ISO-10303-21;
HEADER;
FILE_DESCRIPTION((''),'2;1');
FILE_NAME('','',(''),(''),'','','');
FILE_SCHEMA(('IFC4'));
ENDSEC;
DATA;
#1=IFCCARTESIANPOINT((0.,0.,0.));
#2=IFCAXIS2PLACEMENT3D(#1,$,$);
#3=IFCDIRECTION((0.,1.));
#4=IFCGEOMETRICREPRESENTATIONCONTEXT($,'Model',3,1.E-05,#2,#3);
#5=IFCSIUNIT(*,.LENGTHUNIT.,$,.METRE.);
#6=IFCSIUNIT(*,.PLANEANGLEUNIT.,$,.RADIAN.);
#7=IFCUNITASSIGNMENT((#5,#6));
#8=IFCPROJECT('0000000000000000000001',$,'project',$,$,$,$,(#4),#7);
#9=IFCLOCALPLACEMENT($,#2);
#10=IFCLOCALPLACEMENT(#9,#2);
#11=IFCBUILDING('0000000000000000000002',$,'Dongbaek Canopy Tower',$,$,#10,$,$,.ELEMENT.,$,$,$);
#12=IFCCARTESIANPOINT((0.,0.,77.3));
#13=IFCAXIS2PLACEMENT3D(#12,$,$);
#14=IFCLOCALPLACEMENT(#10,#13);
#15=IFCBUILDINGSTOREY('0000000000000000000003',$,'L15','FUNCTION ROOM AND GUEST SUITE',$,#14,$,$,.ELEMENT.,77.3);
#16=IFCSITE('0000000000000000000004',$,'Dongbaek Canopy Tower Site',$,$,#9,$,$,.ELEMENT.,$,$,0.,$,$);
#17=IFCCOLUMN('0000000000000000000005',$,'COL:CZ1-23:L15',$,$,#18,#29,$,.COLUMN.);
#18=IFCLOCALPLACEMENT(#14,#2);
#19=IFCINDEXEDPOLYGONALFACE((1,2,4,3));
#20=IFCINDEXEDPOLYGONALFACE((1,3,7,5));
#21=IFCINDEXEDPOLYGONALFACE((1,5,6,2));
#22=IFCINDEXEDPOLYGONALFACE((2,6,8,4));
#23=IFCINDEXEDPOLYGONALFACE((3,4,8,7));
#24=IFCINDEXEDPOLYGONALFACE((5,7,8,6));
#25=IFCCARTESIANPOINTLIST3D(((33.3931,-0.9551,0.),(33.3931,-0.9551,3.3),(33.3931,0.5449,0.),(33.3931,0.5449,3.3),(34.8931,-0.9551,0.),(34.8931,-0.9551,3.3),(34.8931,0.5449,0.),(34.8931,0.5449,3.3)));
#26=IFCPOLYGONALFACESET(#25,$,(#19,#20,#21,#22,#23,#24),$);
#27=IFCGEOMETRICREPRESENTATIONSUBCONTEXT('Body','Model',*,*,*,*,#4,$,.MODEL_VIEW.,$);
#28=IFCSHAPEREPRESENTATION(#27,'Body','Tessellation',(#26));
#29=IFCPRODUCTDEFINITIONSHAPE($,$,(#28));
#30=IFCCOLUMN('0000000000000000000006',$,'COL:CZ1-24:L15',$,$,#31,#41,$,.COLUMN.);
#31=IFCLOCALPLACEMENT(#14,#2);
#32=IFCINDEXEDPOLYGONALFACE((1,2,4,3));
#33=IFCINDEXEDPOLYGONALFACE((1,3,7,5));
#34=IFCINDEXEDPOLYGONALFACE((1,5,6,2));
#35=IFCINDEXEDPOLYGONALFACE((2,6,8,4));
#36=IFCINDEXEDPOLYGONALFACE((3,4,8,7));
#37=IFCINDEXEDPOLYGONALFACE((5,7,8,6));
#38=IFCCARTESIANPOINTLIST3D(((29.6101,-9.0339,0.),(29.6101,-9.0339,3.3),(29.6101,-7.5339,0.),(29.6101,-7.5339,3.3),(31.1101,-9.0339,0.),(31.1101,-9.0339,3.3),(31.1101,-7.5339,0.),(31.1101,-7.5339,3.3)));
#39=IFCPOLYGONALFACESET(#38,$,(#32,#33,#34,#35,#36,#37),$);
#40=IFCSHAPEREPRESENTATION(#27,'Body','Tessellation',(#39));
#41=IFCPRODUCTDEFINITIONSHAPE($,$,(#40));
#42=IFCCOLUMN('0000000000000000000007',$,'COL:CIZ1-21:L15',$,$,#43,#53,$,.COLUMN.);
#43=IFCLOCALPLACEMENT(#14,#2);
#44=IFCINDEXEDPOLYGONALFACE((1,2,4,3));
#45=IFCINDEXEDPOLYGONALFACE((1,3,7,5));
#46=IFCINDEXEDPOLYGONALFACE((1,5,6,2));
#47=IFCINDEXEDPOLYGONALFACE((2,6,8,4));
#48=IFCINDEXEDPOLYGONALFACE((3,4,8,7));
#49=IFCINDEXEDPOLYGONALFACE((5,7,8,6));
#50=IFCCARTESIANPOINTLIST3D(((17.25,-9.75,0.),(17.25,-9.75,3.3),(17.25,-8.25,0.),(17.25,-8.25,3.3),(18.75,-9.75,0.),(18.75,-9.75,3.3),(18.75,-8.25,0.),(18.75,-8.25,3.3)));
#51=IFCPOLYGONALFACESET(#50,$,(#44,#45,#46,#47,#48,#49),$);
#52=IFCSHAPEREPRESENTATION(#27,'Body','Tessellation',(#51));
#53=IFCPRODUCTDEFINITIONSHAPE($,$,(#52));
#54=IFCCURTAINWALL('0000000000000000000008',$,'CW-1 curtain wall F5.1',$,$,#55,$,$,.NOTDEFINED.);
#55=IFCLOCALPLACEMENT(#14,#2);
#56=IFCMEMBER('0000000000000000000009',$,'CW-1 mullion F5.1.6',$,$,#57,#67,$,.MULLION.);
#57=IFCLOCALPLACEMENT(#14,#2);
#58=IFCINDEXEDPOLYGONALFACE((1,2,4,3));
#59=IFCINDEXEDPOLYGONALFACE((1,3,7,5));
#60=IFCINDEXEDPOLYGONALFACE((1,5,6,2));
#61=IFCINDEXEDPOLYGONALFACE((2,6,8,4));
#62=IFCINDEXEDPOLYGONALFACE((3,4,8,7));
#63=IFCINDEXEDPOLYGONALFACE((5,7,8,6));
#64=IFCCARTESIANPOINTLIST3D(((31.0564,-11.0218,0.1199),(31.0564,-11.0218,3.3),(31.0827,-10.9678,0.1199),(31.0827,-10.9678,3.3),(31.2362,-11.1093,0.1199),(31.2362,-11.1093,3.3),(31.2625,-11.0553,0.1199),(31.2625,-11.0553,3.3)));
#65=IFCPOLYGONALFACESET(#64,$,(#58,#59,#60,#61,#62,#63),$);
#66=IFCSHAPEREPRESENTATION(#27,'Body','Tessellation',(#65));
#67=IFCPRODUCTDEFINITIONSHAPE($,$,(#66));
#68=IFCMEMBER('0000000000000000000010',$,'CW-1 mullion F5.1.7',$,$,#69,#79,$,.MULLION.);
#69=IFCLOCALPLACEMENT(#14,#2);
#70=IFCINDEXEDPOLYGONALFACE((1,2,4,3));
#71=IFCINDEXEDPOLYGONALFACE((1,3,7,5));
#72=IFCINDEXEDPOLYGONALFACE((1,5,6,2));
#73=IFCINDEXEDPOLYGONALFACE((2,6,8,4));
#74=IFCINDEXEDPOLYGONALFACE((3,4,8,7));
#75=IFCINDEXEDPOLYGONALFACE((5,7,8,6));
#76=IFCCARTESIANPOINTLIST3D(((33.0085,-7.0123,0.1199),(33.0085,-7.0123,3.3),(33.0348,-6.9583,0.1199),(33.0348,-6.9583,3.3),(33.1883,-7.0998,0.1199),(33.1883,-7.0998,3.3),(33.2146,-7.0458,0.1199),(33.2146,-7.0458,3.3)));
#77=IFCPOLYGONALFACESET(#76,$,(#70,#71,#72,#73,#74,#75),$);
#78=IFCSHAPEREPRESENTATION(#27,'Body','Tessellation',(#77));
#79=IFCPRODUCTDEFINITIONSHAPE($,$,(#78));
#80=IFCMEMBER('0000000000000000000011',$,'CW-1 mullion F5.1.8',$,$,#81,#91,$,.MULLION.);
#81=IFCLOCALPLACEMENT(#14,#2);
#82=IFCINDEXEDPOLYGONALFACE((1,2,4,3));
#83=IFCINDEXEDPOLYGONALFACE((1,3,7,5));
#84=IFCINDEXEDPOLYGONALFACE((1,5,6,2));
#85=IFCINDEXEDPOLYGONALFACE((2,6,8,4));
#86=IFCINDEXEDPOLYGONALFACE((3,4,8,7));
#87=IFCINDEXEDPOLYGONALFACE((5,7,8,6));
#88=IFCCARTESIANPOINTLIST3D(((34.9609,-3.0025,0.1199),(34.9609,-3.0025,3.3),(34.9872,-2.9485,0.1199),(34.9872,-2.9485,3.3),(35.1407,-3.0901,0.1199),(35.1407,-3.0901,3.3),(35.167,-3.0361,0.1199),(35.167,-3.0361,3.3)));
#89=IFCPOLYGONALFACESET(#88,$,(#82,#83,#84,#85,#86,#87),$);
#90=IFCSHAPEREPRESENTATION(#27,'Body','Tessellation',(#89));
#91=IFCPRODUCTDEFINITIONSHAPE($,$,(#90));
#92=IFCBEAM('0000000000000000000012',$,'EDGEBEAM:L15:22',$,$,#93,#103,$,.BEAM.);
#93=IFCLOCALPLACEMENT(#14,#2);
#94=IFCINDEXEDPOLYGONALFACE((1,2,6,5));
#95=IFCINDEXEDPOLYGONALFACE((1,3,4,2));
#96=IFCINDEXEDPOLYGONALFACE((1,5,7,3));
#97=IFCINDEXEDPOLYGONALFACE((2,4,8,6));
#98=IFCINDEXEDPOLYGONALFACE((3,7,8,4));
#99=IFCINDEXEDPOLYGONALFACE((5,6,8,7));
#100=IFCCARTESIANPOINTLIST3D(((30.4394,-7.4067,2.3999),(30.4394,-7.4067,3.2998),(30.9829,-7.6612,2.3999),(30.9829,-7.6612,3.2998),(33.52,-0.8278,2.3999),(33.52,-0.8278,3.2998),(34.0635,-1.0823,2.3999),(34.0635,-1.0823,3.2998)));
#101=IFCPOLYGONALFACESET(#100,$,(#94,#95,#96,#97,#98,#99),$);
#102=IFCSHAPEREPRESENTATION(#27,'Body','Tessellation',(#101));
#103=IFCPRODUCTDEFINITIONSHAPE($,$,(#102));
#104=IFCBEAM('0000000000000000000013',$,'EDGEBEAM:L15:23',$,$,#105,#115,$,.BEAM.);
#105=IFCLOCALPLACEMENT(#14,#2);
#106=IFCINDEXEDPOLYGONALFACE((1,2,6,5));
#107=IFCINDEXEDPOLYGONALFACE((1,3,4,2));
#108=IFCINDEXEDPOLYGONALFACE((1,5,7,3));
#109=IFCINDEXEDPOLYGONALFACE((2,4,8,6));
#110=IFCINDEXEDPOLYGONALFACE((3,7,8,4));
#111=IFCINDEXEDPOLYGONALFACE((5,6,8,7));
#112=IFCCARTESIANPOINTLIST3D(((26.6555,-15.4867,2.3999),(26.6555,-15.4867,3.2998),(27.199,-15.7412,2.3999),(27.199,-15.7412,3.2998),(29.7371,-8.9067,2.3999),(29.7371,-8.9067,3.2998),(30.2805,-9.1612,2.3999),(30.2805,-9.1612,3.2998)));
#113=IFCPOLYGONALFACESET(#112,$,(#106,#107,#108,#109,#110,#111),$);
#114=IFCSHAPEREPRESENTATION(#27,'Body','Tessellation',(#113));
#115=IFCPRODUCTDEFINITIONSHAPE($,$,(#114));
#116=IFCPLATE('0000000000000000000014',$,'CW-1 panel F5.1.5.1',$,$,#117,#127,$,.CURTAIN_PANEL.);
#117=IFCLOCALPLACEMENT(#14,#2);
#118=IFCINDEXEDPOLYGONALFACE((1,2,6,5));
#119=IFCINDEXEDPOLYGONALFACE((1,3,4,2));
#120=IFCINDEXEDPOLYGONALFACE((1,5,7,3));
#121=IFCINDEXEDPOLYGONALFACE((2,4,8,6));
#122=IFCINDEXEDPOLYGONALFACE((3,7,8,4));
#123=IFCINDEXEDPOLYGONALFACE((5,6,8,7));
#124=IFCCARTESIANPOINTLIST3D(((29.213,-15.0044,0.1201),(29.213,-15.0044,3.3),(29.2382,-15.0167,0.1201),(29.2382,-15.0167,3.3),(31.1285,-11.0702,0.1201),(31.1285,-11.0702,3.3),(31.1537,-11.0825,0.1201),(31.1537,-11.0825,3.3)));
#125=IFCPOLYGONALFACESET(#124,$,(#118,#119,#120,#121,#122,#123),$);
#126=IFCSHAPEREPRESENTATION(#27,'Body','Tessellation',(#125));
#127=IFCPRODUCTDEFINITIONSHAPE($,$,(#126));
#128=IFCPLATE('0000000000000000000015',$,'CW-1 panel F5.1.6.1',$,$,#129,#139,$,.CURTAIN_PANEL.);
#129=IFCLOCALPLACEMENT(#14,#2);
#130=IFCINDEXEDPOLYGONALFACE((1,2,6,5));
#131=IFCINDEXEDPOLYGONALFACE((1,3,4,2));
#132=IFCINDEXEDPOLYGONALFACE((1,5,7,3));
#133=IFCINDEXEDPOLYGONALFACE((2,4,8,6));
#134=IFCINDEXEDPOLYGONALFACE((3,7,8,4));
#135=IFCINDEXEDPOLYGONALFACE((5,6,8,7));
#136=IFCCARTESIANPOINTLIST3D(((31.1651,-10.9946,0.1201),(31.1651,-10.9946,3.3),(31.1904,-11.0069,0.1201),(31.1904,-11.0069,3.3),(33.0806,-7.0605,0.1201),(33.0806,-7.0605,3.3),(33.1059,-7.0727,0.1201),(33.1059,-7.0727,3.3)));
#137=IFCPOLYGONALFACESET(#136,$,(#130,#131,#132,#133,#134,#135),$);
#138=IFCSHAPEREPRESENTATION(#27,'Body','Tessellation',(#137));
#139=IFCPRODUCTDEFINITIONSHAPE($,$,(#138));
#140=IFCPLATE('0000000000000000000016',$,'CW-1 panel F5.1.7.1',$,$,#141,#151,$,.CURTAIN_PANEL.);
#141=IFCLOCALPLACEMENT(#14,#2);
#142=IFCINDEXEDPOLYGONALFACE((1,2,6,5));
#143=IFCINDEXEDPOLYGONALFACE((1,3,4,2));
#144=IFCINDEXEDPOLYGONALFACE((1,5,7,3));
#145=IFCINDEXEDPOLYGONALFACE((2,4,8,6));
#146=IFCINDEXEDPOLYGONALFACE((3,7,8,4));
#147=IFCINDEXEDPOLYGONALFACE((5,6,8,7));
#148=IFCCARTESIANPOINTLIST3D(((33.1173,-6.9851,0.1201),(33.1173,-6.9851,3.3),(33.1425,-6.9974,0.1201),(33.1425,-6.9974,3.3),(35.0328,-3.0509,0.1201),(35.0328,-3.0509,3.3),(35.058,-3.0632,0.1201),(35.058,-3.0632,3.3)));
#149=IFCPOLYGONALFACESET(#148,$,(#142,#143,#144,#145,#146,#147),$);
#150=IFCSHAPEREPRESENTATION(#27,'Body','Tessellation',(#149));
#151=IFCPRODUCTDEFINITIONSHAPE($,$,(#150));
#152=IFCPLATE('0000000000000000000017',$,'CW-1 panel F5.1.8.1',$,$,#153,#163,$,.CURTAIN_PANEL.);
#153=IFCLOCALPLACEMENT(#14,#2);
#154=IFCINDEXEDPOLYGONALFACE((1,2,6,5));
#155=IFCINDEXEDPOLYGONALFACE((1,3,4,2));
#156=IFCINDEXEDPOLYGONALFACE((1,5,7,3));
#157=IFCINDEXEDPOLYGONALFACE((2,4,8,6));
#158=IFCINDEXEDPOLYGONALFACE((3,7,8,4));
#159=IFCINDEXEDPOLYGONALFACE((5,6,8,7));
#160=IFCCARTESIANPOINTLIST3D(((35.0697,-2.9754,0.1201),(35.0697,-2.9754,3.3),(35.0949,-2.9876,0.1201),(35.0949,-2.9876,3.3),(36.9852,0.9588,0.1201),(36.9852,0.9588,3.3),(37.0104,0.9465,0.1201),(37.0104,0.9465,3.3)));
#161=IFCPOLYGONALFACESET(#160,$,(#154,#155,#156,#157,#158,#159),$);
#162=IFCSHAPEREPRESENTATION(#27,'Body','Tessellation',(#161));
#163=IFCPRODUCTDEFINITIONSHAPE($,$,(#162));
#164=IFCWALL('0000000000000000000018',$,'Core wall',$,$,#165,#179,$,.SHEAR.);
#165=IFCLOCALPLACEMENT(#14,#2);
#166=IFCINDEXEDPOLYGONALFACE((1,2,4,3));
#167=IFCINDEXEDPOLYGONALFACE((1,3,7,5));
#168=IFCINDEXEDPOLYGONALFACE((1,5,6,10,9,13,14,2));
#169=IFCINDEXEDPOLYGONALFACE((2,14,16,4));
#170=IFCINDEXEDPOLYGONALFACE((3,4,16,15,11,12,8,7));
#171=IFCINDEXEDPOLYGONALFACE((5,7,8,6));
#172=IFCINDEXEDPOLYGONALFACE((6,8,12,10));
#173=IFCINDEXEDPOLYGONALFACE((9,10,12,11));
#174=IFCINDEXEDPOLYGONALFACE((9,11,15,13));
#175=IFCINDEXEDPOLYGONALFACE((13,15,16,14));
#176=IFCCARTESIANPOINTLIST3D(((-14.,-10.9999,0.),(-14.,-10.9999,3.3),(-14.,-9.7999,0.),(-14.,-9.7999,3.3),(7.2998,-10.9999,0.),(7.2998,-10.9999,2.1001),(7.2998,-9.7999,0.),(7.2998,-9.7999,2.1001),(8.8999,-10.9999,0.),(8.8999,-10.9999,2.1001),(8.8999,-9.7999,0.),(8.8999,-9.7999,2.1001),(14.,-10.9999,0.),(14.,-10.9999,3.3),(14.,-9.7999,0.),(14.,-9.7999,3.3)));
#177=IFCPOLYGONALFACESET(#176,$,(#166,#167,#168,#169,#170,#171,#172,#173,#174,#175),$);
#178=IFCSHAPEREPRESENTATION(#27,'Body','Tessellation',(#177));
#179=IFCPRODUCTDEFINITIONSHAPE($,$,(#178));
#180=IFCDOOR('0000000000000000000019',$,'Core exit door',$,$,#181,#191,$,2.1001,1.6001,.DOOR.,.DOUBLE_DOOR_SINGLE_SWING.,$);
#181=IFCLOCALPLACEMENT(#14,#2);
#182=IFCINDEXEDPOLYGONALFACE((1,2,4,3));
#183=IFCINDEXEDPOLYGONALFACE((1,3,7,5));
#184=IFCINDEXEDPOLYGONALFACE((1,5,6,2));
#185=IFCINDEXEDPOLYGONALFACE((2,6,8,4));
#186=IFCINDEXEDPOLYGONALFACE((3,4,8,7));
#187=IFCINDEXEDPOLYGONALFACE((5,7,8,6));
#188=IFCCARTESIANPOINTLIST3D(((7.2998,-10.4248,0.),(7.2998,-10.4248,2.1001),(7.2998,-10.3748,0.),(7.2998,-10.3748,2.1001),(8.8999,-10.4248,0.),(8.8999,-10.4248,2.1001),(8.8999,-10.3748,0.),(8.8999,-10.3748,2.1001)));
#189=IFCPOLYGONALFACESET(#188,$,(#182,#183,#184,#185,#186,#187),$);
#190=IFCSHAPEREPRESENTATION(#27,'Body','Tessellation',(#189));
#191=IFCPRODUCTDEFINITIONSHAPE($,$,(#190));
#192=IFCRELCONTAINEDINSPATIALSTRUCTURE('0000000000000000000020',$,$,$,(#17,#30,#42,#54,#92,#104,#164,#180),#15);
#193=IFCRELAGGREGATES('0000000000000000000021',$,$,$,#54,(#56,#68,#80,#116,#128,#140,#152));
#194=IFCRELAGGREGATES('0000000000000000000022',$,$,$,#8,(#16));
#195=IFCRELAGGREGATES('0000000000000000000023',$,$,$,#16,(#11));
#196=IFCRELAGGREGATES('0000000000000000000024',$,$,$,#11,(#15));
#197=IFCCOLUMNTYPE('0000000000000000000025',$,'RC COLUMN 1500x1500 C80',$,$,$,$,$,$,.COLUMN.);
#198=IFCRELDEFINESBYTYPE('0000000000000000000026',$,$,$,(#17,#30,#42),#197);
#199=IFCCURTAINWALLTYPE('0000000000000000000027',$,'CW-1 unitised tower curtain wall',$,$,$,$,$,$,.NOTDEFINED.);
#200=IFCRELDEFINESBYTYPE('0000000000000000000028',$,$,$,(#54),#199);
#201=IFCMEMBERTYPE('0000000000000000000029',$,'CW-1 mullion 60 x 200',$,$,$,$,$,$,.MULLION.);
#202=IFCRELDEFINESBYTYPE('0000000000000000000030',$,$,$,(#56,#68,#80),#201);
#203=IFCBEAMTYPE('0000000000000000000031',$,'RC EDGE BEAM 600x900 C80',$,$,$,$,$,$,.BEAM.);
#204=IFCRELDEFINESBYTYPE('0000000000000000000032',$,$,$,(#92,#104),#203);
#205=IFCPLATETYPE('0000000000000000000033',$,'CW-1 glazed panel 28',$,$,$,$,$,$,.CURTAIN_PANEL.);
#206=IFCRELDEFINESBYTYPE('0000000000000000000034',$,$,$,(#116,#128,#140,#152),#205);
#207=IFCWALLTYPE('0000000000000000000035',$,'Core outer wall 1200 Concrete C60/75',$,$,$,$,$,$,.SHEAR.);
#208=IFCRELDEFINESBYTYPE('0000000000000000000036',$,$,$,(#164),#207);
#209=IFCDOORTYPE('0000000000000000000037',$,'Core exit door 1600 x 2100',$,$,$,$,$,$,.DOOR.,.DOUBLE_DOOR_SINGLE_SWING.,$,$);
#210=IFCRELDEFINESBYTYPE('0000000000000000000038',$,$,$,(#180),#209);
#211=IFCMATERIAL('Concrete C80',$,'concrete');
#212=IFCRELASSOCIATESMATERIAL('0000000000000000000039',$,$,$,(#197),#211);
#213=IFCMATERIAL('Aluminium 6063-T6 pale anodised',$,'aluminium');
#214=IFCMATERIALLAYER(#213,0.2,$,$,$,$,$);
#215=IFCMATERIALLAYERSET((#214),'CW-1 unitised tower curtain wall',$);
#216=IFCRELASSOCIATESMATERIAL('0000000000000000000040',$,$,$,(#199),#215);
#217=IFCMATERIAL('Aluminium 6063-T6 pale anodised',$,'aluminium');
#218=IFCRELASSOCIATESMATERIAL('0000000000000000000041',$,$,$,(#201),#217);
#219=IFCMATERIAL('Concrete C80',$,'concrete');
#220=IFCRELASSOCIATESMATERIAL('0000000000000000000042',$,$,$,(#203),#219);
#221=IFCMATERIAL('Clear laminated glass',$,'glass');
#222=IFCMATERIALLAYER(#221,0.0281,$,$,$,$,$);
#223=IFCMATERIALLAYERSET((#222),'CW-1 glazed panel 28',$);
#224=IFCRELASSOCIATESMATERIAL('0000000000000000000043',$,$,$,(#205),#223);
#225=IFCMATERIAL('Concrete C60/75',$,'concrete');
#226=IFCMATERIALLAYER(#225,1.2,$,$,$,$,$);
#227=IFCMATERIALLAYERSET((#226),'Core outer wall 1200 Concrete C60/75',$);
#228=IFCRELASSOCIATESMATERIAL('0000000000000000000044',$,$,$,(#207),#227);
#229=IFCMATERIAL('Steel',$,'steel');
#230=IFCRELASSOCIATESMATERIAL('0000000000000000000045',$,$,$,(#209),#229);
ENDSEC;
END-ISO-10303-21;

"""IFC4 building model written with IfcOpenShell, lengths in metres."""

from ifc_helpers import new_model, si_unit, direction, frame, frame_2d, origin, origin_2d, place, context, subcontext, project, spatial, rectangle, extrude, material, layer, layer_set, material_profile, profile_set, type_object, element, fill, aggregate, save


model = new_model("IFC4")

# Units and contexts
model_context = context("Model", 3, precision=1e-05, world=origin(), true_north=direction((0.0, 1.0)))
body_context = subcontext(model_context, "Body", "Model", "MODEL_VIEW")
ifc_project = project(units=[si_unit("LENGTHUNIT", "METRE"), si_unit("PLANEANGLEUNIT", "RADIAN")], contexts=[model_context])

# Site, building, storey
site_placement = place(None, origin())
site = spatial("IfcSite", under=ifc_project, at=site_placement, Name="Dongbaek Canopy Tower Site", CompositionType="ELEMENT", RefElevation=0.0)
building_placement = place(site_placement, origin())
building = spatial("IfcBuilding", under=site, at=building_placement, Name="Dongbaek Canopy Tower", CompositionType="ELEMENT")
storey_placement = place(building_placement, frame((0.0, 0.0, 77.3)))
storey = spatial("IfcBuildingStorey", under=building, at=storey_placement, Name="L15", Description="FUNCTION ROOM AND GUEST SUITE", CompositionType="ELEMENT", Elevation=77.3)

# Columns
ifc_material_1 = material(Name="Concrete C80", Category="concrete")
ifc_material_profile_1 = material_profile(ifc_material_1, rectangle(XDim=1.5, YDim=1.5, at=origin_2d()), Name="RC COLUMN 1500x1500 C80")
ifc_profile_set_1 = profile_set([ifc_material_profile_1], Name="Concrete C80")
column_type = type_object("IfcColumnType", Name="RC COLUMN 1500x1500 C80", PredefinedType="COLUMN", material=ifc_profile_set_1)
for number, where, z_axis, x_axis, name in (
    (1, (34.1431, -0.2051, 0.0), (0.0, 0.0, 1.0), (1.0, 0.0, 0.0), "COL:CZ1-23:L15"),
    (2, (30.3601, -8.2839, 0.0), (0.0, 0.0, 1.0), (1.0, 0.0, 0.0), "COL:CZ1-24:L15"),
    (3, (18.0, -9.0, 0.0), (0.0, 0.0, 1.0), (1.0, 0.0, 0.0), "COL:CIZ1-21:L15"),
):
    element("IfcColumn", number, at=place(storey_placement, frame(where, z_axis=z_axis, x_axis=x_axis)), inside=storey, type_object=column_type, Name=name, PredefinedType="COLUMN", context=body_context, shape_type="SweptSolid", body=[
        extrude(rectangle(XDim=1.5, YDim=1.5, at=origin_2d()), origin(), (0.0, 0.0, 1.0), 3.3),
    ])

# Curtain wall, members
ifc_material_2 = material(Name="Aluminium 6063-T6 pale anodised", Category="aluminium")
ifc_layer_1 = layer(ifc_material_2, 0.2)
ifc_layer_set_1 = layer_set([ifc_layer_1], Name="CW-1 unitised tower curtain wall")
curtain_wall_type = type_object("IfcCurtainWallType", Name="CW-1 unitised tower curtain wall", PredefinedType="NOTDEFINED", material=ifc_layer_set_1)
curtain_wall_placement = place(storey_placement, origin())
curtain_wall = element("IfcCurtainWall", 4, at=curtain_wall_placement, inside=storey, type_object=curtain_wall_type, Name="CW-1 curtain wall F5.1", PredefinedType="NOTDEFINED")
ifc_material_3 = material(Name="Aluminium 6063-T6 pale anodised", Category="aluminium")
ifc_material_profile_2 = material_profile(ifc_material_3, rectangle(XDim=0.2, YDim=0.0601, at=origin_2d()), Name="CW-1 mullion 60 x 200")
ifc_profile_set_2 = profile_set([ifc_material_profile_2], Name="Aluminium 6063-T6 pale anodised")
member_type = type_object("IfcMemberType", Name="CW-1 mullion 60 x 200", PredefinedType="MULLION", material=ifc_profile_set_2)
member_1_placement = place(storey_placement, frame((31.1594, -11.0386, 0.1199), z_axis=(0.0, 0.0, 1.0), x_axis=(0.899092, -0.437759, 0.0)))
member_1 = element("IfcMember", 5, at=member_1_placement, type_object=member_type, Name="CW-1 mullion F5.1.6", PredefinedType="MULLION", context=body_context, shape_type="SweptSolid", body=[
    extrude(rectangle(XDim=0.2, YDim=0.0601, at=origin_2d()), origin(), (0.0, 0.0, 1.0), 3.1802),
])
member_2_placement = place(storey_placement, frame((33.1116, -7.0291, 0.1199), z_axis=(0.0, 0.0, 1.0), x_axis=(0.899092, -0.437759, 0.0)))
member_2 = element("IfcMember", 6, at=member_2_placement, type_object=member_type, Name="CW-1 mullion F5.1.7", PredefinedType="MULLION", context=body_context, shape_type="SweptSolid", body=[
    extrude(rectangle(XDim=0.2, YDim=0.0601, at=origin_2d()), origin(), (0.0, 0.0, 1.0), 3.1802),
])
member_3_placement = place(storey_placement, frame((35.064, -3.0193, 0.1199), z_axis=(0.0, 0.0, 1.0), x_axis=(0.899092, -0.437759, 0.0)))
member_3 = element("IfcMember", 7, at=member_3_placement, type_object=member_type, Name="CW-1 mullion F5.1.8", PredefinedType="MULLION", context=body_context, shape_type="SweptSolid", body=[
    extrude(rectangle(XDim=0.2, YDim=0.0601, at=origin_2d()), origin(), (0.0, 0.0, 1.0), 3.1802),
])

# Beams
ifc_material_4 = material(Name="Concrete C80", Category="concrete")
ifc_material_profile_3 = material_profile(ifc_material_4, rectangle(XDim=0.6001, YDim=0.8999, at=origin_2d()), Name="RC EDGE BEAM 600x900 C80")
ifc_profile_set_3 = profile_set([ifc_material_profile_3], Name="Concrete C80")
beam_type = type_object("IfcBeamType", Name="RC EDGE BEAM 600x900 C80", PredefinedType="BEAM", material=ifc_profile_set_3)
beam_1_placement = place(storey_placement, frame((33.7917, -0.9551, 2.8499), z_axis=(-0.424064, -0.905632, 0.0), x_axis=(0.905632, -0.424064, 0.0)))
element("IfcBeam", 8, at=beam_1_placement, inside=storey, type_object=beam_type, Name="EDGEBEAM:L15:22", PredefinedType="BEAM", context=body_context, shape_type="SweptSolid", body=[
    extrude(rectangle(XDim=0.6001, YDim=0.8999, at=origin_2d()), origin(), (0.0, 0.0, 1.0), 7.2644),
])
beam_2_placement = place(storey_placement, frame((30.0088, -9.0339, 2.8499), z_axis=(-0.42411, -0.905611, 0.0), x_axis=(0.905611, -0.42411, 0.0)))
element("IfcBeam", 9, at=beam_2_placement, inside=storey, type_object=beam_type, Name="EDGEBEAM:L15:23", PredefinedType="BEAM", context=body_context, shape_type="SweptSolid", body=[
    extrude(rectangle(XDim=0.6001, YDim=0.8999, at=origin_2d()), origin(), (0.0, 0.0, 1.0), 7.2659),
])

# Plates
ifc_material_5 = material(Name="Clear laminated glass", Category="glass")
ifc_layer_2 = layer(ifc_material_5, 0.0281)
ifc_layer_set_2 = layer_set([ifc_layer_2], Name="CW-1 glazed panel 28")
plate_type = type_object("IfcPlateType", Name="CW-1 glazed panel 28", PredefinedType="CURTAIN_PANEL", material=ifc_layer_set_2)
plate_1_placement = place(storey_placement, frame((30.1833, -13.0435, 0.1201), z_axis=(0.0, 0.0, 1.0), x_axis=(0.437759, 0.899092, 0.0)))
plate_1 = element("IfcPlate", 10, at=plate_1_placement, type_object=plate_type, Name="CW-1 panel F5.1.5.1", PredefinedType="CURTAIN_PANEL", context=body_context, shape_type="SweptSolid", body=[
    extrude(rectangle(XDim=4.3757, YDim=0.0281, at=origin_2d()), origin(), (0.0, 0.0, 1.0), 3.1799),
])
plate_2_placement = place(storey_placement, frame((32.1355, -9.0337, 0.1201), z_axis=(0.0, 0.0, 1.0), x_axis=(0.437759, 0.899092, 0.0)))
plate_2 = element("IfcPlate", 11, at=plate_2_placement, type_object=plate_type, Name="CW-1 panel F5.1.6.1", PredefinedType="CURTAIN_PANEL", context=body_context, shape_type="SweptSolid", body=[
    extrude(rectangle(XDim=4.3757, YDim=0.0281, at=origin_2d()), origin(), (0.0, 0.0, 1.0), 3.1799),
])
plate_3_placement = place(storey_placement, frame((34.0876, -5.0242, 0.1201), z_axis=(0.0, 0.0, 1.0), x_axis=(0.437759, 0.899092, 0.0)))
plate_3 = element("IfcPlate", 12, at=plate_3_placement, type_object=plate_type, Name="CW-1 panel F5.1.7.1", PredefinedType="CURTAIN_PANEL", context=body_context, shape_type="SweptSolid", body=[
    extrude(rectangle(XDim=4.3757, YDim=0.0281, at=origin_2d()), origin(), (0.0, 0.0, 1.0), 3.1799),
])
plate_4_placement = place(storey_placement, frame((36.04, -1.0144, 0.1201), z_axis=(0.0, 0.0, 1.0), x_axis=(0.437759, 0.899092, 0.0)))
plate_4 = element("IfcPlate", 13, at=plate_4_placement, type_object=plate_type, Name="CW-1 panel F5.1.8.1", PredefinedType="CURTAIN_PANEL", context=body_context, shape_type="SweptSolid", body=[
    extrude(rectangle(XDim=4.3757, YDim=0.0281, at=origin_2d()), origin(), (0.0, 0.0, 1.0), 3.1799),
])

# Wall, opening, door
ifc_material_6 = material(Name="Concrete C60/75", Category="concrete")
ifc_layer_3 = layer(ifc_material_6, 1.2)
ifc_layer_set_3 = layer_set([ifc_layer_3], Name="Core outer wall 1200 Concrete C60/75")
wall_type_1 = type_object("IfcWallType", Name="Core outer wall 1200 Concrete C60/75", PredefinedType="SHEAR", material=ifc_layer_set_3)
wall_1_placement = place(storey_placement, frame((14.0, -10.3999, 0.0), z_axis=(0.0, 0.0, 1.0), x_axis=(-1.0, 0.0, 0.0)))
wall_1 = element("IfcWall", 14, at=wall_1_placement, inside=storey, type_object=wall_type_1, Name="Core wall", PredefinedType="SHEAR", context=body_context, shape_type="SweptSolid", body=[
    extrude(rectangle(XDim=28.0, YDim=1.2, at=frame_2d((14.0, 0.0))), origin(), (0.0, 0.0, 1.0), 3.3),
])
opening_1_placement = place(wall_1_placement, frame((5.1001, 0.0, 0.0)))
opening_1 = element("IfcOpeningElement", 15, at=opening_1_placement, cuts=wall_1, PredefinedType="OPENING", context=body_context, shape_type="SweptSolid", body=[
    extrude(rectangle(XDim=1.6001, YDim=2.1001, at=frame_2d((0.8, 1.05))), frame((0.0, 0.6099, 0.0), z_axis=(0.0, -1.0, 0.0), x_axis=(1.0, 0.0, 0.0)), (0.0, 0.0, 1.0), 1.22),
])
ifc_material_7 = material(Name="Steel", Category="steel")
door_type_1 = type_object("IfcDoorType", Name="Core exit door 1600 x 2100", OperationType="DOUBLE_DOOR_SINGLE_SWING", PredefinedType="DOOR", material=ifc_material_7)
door_1_placement = place(opening_1_placement, origin())
door_1 = element("IfcDoor", 16, at=door_1_placement, inside=storey, type_object=door_type_1, Name="Core exit door", OperationType="DOUBLE_DOOR_SINGLE_SWING", OverallHeight=2.1001, OverallWidth=1.6001, PredefinedType="DOOR", context=body_context, shape_type="SweptSolid", body=[
    extrude(rectangle(XDim=1.6001, YDim=2.1001, at=frame_2d((0.8, 1.05))), frame((0.0, 0.0249, 0.0), z_axis=(0.0, -1.0, 0.0), x_axis=(1.0, 0.0, 0.0)), (0.0, 0.0, 1.0), 0.05),
])
fill(opening_1, door_1)

aggregate(curtain_wall, [member_1, member_2, member_3, plate_1, plate_2, plate_3, plate_4])

save(model, "model.ifc")
